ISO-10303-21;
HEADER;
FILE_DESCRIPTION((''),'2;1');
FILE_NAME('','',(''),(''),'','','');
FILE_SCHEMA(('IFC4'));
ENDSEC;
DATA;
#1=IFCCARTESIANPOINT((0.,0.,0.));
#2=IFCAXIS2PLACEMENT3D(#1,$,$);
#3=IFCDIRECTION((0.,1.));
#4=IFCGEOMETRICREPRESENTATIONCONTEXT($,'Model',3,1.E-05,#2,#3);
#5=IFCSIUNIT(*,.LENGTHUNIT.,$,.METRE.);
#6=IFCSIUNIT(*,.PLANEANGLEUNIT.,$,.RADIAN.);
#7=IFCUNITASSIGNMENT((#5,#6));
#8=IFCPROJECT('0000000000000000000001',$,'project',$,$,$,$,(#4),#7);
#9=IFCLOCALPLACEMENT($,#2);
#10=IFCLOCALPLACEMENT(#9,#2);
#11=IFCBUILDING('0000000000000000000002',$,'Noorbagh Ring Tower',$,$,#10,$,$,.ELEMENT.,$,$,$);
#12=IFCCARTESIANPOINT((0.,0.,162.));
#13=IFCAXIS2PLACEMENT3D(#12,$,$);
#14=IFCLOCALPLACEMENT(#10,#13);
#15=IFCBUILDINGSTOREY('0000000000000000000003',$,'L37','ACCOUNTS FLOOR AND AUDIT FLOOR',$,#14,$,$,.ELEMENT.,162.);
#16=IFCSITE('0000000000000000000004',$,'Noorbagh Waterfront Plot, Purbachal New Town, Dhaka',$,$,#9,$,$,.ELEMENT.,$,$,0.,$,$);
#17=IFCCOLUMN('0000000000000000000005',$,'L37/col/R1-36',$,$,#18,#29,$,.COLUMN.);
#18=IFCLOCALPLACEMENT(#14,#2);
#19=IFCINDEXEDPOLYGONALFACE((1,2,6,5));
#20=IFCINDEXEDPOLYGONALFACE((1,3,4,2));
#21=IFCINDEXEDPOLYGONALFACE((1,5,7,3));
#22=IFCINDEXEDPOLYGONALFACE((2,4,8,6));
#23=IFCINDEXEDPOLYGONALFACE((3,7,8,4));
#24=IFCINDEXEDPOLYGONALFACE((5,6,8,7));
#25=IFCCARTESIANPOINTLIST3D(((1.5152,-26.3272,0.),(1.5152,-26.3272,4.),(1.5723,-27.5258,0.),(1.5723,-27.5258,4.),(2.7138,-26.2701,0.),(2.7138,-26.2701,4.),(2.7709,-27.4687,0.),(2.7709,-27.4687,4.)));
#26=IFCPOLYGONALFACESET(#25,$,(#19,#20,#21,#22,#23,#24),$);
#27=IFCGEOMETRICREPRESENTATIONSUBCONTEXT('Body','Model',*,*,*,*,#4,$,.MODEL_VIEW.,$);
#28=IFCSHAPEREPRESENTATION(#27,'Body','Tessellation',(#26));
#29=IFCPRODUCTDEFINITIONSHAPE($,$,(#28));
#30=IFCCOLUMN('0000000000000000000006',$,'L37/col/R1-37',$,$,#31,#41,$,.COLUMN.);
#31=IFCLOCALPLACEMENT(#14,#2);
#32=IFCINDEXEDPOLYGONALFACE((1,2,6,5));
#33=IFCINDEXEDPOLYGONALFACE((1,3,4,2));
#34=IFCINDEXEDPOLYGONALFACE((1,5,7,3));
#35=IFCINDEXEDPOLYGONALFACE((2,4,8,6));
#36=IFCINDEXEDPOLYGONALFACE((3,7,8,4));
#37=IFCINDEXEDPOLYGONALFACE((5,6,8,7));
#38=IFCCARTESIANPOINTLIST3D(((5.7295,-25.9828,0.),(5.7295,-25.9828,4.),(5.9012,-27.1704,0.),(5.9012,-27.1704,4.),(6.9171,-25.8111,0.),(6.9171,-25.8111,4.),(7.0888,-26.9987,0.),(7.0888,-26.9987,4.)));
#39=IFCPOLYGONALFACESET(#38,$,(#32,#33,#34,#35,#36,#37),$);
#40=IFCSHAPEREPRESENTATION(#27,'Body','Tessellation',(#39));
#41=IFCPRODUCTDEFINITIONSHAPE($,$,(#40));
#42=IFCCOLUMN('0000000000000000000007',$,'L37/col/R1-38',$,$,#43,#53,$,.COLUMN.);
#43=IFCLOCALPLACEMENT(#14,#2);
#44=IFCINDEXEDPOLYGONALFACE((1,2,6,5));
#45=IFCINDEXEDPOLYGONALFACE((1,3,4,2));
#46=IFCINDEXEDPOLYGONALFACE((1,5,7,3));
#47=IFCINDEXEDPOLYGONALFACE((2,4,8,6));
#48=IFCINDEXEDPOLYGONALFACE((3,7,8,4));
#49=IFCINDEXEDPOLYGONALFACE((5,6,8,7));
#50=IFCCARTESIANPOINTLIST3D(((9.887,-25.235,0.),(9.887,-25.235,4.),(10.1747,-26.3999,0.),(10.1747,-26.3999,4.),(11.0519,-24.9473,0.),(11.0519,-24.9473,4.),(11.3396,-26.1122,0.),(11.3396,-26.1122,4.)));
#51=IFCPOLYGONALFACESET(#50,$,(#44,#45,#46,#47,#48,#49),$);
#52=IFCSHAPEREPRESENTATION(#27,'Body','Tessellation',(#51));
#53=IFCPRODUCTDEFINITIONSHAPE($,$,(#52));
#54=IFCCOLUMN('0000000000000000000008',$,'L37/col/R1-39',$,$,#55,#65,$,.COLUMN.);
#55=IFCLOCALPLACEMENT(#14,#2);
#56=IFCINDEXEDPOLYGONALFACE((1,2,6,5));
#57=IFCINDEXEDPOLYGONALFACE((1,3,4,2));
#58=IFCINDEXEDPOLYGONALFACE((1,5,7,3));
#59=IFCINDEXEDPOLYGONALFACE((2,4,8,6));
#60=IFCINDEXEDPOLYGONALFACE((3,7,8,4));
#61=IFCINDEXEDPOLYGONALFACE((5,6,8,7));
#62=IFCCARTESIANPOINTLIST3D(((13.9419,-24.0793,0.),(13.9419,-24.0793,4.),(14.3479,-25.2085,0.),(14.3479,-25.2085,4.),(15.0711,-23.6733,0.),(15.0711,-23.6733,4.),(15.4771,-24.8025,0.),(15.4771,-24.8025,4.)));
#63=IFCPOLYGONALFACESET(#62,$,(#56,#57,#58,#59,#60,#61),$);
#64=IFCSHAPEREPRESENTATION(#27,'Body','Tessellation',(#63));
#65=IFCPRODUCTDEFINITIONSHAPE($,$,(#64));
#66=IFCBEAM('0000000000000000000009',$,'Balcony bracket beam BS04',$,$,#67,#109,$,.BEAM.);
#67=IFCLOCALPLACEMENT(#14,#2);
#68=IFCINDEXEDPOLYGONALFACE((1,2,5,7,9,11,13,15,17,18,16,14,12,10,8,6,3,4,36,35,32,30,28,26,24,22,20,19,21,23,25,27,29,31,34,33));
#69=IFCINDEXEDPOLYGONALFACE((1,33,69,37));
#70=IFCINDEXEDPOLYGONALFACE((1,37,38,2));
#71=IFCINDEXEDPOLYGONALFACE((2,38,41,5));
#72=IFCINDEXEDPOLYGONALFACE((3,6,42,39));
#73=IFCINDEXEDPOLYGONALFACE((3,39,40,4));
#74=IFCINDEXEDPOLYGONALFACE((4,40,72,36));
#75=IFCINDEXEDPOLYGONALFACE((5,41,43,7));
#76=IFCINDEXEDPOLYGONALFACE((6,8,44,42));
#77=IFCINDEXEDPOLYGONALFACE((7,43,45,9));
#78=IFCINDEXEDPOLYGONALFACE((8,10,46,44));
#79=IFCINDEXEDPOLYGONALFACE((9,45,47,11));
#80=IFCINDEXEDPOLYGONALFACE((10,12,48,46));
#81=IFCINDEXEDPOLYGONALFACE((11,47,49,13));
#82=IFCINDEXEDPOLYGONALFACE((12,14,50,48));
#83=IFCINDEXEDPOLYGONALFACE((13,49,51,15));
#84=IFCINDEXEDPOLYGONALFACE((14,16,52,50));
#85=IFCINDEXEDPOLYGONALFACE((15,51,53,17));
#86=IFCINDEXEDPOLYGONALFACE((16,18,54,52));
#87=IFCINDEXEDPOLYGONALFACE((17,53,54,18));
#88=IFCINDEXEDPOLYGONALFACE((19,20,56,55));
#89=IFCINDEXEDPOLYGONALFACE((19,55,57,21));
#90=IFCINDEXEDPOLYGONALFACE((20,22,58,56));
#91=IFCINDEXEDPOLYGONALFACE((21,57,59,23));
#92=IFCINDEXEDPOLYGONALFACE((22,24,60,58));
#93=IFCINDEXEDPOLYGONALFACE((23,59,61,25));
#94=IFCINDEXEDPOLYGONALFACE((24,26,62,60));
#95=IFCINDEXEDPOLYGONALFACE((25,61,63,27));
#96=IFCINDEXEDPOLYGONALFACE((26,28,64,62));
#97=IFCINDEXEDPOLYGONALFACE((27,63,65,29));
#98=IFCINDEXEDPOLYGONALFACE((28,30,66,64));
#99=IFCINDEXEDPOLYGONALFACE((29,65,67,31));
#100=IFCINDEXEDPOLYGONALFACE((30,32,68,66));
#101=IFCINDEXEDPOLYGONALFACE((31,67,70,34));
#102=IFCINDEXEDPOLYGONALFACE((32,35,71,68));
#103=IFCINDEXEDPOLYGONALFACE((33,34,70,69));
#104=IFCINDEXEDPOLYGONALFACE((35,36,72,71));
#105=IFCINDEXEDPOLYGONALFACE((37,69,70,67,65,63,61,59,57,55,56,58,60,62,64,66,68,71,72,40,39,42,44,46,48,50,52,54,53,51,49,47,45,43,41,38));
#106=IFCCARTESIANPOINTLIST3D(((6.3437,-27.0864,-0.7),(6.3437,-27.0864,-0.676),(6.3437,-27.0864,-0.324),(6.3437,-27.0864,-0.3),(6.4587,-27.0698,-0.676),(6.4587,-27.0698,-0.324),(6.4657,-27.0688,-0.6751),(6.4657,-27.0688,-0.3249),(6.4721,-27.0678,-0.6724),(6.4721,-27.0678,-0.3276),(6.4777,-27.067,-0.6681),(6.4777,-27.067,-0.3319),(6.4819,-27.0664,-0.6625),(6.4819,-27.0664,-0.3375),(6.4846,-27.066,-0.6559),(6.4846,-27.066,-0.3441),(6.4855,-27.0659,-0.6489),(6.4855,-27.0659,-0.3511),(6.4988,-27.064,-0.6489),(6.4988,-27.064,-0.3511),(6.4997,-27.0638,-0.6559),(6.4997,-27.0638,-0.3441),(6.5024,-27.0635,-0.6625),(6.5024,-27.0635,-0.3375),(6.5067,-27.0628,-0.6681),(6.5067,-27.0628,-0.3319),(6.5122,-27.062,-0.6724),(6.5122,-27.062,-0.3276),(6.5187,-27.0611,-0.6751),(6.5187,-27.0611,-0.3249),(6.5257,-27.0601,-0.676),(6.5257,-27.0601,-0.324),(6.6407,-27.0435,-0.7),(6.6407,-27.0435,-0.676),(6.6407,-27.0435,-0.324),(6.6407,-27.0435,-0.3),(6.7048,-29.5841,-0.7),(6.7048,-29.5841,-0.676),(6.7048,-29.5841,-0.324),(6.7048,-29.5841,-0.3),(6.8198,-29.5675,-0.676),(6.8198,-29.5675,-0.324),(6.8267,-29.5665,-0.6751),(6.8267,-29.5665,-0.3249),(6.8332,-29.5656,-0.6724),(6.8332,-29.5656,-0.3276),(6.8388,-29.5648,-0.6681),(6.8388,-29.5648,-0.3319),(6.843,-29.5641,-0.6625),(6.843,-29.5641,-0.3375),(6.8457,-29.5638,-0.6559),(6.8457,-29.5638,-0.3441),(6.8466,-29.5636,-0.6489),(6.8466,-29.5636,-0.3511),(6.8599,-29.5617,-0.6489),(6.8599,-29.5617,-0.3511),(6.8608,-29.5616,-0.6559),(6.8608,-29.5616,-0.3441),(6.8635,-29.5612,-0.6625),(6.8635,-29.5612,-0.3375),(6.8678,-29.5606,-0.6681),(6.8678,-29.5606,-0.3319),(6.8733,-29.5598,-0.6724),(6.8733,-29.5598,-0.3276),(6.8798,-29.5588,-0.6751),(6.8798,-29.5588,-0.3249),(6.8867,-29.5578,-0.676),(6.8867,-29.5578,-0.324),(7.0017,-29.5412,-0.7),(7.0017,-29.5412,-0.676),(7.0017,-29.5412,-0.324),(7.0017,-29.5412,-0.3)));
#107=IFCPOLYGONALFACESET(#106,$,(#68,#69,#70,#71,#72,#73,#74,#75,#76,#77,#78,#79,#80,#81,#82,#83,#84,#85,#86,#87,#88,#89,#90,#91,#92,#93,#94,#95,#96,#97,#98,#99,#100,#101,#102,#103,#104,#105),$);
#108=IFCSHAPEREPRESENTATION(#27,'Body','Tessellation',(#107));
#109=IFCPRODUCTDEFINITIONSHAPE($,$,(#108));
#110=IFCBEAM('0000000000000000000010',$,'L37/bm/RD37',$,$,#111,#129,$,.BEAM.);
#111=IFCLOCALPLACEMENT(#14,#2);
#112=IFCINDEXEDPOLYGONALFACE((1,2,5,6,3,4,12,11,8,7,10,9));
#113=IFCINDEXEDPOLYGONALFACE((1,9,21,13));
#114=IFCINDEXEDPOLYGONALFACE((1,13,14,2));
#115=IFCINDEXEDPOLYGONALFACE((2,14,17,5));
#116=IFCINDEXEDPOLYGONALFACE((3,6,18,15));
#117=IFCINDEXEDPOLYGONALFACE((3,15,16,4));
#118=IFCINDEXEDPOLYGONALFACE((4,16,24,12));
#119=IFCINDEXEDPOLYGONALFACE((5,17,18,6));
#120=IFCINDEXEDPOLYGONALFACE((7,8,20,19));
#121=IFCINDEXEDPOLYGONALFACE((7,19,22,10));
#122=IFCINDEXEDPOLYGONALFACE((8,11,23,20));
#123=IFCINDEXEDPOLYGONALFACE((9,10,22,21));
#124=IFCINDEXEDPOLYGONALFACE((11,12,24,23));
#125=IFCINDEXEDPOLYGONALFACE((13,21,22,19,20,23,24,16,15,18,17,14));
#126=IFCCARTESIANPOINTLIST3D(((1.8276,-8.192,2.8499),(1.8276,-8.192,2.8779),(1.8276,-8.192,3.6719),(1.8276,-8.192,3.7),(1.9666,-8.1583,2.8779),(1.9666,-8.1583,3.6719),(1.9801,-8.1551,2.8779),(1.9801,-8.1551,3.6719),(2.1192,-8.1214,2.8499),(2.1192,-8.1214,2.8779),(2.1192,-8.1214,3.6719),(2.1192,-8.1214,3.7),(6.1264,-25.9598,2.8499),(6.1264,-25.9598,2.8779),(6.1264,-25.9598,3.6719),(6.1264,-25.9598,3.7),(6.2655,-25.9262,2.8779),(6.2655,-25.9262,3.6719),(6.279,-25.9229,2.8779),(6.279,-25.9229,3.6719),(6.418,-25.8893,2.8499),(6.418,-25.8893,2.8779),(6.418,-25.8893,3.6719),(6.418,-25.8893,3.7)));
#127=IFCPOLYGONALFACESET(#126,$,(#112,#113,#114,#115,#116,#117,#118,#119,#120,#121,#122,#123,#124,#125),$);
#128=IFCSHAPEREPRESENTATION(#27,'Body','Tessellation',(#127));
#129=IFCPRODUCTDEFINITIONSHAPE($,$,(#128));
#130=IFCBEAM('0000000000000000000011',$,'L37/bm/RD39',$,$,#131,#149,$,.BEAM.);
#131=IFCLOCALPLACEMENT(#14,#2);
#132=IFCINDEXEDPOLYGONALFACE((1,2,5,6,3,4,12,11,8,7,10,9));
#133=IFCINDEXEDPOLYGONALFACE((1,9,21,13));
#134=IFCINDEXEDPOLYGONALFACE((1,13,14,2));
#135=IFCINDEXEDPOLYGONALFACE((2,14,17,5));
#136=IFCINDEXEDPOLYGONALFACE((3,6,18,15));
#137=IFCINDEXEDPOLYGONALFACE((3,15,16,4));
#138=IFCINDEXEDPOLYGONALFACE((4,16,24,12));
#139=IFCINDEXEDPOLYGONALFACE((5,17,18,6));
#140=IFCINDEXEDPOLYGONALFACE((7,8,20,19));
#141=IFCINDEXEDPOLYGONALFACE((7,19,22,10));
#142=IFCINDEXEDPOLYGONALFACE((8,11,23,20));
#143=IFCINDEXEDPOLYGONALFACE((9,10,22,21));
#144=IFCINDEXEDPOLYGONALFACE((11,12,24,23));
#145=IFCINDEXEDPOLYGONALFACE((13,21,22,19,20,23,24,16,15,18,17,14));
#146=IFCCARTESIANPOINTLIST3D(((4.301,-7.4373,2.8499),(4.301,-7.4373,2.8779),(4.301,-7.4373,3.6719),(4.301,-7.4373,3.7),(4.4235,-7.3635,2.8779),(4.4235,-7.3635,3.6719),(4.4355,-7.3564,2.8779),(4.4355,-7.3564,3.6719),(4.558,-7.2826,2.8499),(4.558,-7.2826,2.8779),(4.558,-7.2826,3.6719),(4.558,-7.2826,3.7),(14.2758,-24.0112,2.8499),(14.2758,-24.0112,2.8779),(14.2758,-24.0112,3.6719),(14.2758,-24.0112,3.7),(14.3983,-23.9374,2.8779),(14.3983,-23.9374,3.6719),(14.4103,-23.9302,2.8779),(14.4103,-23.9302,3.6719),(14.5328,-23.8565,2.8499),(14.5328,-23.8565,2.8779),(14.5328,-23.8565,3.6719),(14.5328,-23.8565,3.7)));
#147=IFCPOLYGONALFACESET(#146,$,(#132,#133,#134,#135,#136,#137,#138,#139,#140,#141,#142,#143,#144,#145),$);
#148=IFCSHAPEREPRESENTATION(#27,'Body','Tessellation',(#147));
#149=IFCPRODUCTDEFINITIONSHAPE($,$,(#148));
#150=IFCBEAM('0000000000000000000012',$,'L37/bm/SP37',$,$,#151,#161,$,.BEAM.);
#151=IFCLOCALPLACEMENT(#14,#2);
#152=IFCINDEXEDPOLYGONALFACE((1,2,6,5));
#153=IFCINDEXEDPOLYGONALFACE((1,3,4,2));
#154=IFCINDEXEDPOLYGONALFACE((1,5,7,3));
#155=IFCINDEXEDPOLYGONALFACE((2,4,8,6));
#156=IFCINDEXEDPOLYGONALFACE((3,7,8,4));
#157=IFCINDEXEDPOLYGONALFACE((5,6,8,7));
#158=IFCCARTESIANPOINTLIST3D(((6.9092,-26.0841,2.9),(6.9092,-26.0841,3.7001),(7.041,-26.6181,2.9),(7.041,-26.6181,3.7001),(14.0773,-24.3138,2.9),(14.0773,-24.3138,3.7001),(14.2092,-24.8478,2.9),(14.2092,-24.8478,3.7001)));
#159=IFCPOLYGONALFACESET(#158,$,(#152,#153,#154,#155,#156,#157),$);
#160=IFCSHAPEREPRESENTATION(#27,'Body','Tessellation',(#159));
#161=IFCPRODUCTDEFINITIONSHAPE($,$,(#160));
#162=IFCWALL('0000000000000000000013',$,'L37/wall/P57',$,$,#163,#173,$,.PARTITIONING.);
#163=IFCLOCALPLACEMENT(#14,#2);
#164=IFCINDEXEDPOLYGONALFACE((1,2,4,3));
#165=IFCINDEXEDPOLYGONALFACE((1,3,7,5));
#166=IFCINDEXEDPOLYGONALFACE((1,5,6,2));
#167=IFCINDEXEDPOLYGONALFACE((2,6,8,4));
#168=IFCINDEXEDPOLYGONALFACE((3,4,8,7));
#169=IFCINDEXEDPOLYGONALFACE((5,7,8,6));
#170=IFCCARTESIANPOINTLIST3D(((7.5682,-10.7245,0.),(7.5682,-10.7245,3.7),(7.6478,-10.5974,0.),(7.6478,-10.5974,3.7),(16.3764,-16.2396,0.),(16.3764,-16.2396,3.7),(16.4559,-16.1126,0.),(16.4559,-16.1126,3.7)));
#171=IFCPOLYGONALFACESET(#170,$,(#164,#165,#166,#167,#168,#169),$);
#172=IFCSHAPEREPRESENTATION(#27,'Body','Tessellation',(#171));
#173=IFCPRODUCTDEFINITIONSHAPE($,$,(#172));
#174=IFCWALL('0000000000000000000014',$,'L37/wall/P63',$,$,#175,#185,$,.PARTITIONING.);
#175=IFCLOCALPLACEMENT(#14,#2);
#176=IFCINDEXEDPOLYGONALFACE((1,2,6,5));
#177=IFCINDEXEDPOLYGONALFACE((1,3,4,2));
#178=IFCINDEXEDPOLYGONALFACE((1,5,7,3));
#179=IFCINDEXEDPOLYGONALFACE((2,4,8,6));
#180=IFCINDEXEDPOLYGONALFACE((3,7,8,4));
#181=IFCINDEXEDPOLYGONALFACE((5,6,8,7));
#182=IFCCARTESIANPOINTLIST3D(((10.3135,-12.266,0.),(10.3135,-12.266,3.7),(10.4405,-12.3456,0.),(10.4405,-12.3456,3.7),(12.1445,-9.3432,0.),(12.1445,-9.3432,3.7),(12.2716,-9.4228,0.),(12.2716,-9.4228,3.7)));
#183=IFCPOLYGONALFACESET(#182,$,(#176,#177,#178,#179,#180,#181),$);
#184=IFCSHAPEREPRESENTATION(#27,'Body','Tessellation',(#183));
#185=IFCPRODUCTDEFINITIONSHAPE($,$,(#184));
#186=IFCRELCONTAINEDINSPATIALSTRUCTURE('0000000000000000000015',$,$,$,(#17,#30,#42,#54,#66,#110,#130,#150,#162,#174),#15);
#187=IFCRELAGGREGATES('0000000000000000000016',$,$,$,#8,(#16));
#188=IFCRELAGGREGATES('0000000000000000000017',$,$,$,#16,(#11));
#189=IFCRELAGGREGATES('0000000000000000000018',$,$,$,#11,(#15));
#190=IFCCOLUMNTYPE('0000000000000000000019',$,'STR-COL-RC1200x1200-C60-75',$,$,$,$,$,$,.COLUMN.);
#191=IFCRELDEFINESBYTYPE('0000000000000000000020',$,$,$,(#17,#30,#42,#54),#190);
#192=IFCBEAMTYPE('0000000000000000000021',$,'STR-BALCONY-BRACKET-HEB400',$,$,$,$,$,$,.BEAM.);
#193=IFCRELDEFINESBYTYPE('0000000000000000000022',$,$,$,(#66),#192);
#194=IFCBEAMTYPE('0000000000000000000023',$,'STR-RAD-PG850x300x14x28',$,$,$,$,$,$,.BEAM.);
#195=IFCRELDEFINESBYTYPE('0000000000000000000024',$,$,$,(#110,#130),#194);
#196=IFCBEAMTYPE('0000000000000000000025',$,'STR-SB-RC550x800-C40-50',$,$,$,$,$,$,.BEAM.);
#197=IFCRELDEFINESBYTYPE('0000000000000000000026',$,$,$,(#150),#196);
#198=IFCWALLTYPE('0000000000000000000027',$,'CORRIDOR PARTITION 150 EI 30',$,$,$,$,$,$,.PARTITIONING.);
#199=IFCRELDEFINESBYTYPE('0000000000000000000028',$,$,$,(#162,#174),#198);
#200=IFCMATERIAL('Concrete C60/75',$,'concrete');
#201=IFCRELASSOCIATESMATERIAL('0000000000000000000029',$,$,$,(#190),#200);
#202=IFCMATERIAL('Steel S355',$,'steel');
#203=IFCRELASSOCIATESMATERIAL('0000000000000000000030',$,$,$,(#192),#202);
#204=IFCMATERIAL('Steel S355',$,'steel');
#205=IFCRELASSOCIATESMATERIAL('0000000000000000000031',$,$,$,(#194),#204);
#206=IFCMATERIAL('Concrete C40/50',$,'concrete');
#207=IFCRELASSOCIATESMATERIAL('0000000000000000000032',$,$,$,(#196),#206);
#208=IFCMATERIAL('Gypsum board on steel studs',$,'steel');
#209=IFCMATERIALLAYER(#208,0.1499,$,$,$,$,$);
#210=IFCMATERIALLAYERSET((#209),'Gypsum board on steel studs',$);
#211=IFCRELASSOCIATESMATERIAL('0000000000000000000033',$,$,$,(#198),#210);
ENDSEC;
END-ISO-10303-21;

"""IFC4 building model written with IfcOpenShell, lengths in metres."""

from ifc_helpers import new_model, si_unit, direction, frame, frame_2d, origin, origin_2d, place, context, subcontext, project, spatial, rectangle, i_section, extrude, material, layer, layer_set, material_profile, profile_set, type_object, element, save


model = new_model("IFC4")

# Units and contexts
model_context = context("Model", 3, precision=1e-05, world=origin(), true_north=direction((0.0, 1.0)))
body_context = subcontext(model_context, "Body", "Model", "MODEL_VIEW")
ifc_project = project(units=[si_unit("LENGTHUNIT", "METRE"), si_unit("PLANEANGLEUNIT", "RADIAN")], contexts=[model_context])

# Site, building, storey
site_placement = place(None, origin())
site = spatial("IfcSite", under=ifc_project, at=site_placement, Name="Noorbagh Waterfront Plot, Purbachal New Town, Dhaka", CompositionType="ELEMENT", RefElevation=0.0)
building_placement = place(site_placement, origin())
building = spatial("IfcBuilding", under=site, at=building_placement, Name="Noorbagh Ring Tower", CompositionType="ELEMENT")
storey_placement = place(building_placement, frame((0.0, 0.0, 162.0)))
storey = spatial("IfcBuildingStorey", under=building, at=storey_placement, Name="L37", Description="ACCOUNTS FLOOR AND AUDIT FLOOR", CompositionType="ELEMENT", Elevation=162.0)

# Columns
ifc_material_1 = material(Name="Concrete C60/75", Category="concrete")
ifc_material_profile_1 = material_profile(ifc_material_1, rectangle(XDim=1.2, YDim=1.2, at=origin_2d()), Name="RC1200x1200")
ifc_profile_set_1 = profile_set([ifc_material_profile_1], Name="Concrete C60/75")
column_type = type_object("IfcColumnType", Name="STR-COL-RC1200x1200-C60-75", PredefinedType="COLUMN", material=ifc_profile_set_1)
for number, where, z_axis, x_axis, name in (
    (1, (2.1431, -26.8979, 0.0), (0.0, 0.0, 1.0), (0.998869, 0.047553, 0.0), "L37/col/R1-36"),
    (2, (6.4092, -26.4907, 0.0), (0.0, 0.0, 1.0), (0.989713, 0.143066, 0.0), "L37/col/R1-37"),
    (3, (10.6133, -25.6736, 0.0), (0.0, 0.0, 1.0), (0.970829, 0.239771, 0.0), "L37/col/R1-38"),
    (4, (14.7095, -24.4409, 0.0), (0.0, 0.0, 1.0), (0.941025, 0.338338, 0.0), "L37/col/R1-39"),
):
    element("IfcColumn", number, at=place(storey_placement, frame(where, z_axis=z_axis, x_axis=x_axis)), inside=storey, type_object=column_type, Name=name, PredefinedType="COLUMN", context=body_context, shape_type="SweptSolid", body=[
        extrude(rectangle(XDim=1.2, YDim=1.2, at=origin_2d()), origin(), (0.0, 0.0, 1.0), 4.0),
    ])

# Beams
ifc_material_2 = material(Name="Steel S355", Category="steel")
ifc_material_profile_2 = material_profile(ifc_material_2, i_section(OverallWidth=0.3, OverallDepth=0.3999, WebThickness=0.0134, FlangeThickness=0.0239, FilletRadius=0.0271, at=origin_2d()), Name="HEB400")
ifc_profile_set_2 = profile_set([ifc_material_profile_2], Name="Steel S355")
beam_type_1 = type_object("IfcBeamType", Name="STR-BALCONY-BRACKET-HEB400", PredefinedType="BEAM", material=ifc_profile_set_2)
beam_1_placement = place(storey_placement, frame((6.4922, -27.0649, -0.5), z_axis=(0.143073, -0.989712, 0.0), x_axis=(0.989712, 0.143073, 0.0)))
element("IfcBeam", 5, at=beam_1_placement, inside=storey, type_object=beam_type_1, Name="Balcony bracket beam BS04", PredefinedType="BEAM", context=body_context, shape_type="SweptSolid", body=[
    extrude(i_section(OverallWidth=0.3, OverallDepth=0.3999, WebThickness=0.0134, FlangeThickness=0.0239, FilletRadius=0.0271, at=origin_2d()), origin(), (0.0, 0.0, 1.0), 2.5237),
])
ifc_material_3 = material(Name="Steel S355", Category="steel")
ifc_material_profile_3 = material_profile(ifc_material_3, i_section(OverallWidth=0.3, OverallDepth=0.8501, WebThickness=0.0139, FlangeThickness=0.0281, at=origin_2d()), Name="PG850x300x14x28")
ifc_profile_set_3 = profile_set([ifc_material_profile_3], Name="Steel S355")
beam_type_2 = type_object("IfcBeamType", Name="STR-RAD-PG850x300x14x28", PredefinedType="BEAM", material=ifc_profile_set_3)
beam_2_placement = place(storey_placement, frame((6.2722, -25.9246, 3.2749), z_axis=(-0.23516, 0.971957, 0.0), x_axis=(-0.971957, -0.23516, 0.0)))
element("IfcBeam", 6, at=beam_2_placement, inside=storey, type_object=beam_type_2, Name="L37/bm/RD37", PredefinedType="BEAM", context=body_context, shape_type="SweptSolid", body=[
    extrude(i_section(OverallWidth=0.3, OverallDepth=0.8501, WebThickness=0.0139, FlangeThickness=0.0281, at=origin_2d()), origin(), (0.0, 0.0, 1.0), 18.2805),
])
beam_3_placement = place(storey_placement, frame((14.4043, -23.9338, 3.2749), z_axis=(-0.515653, 0.856797, 0.0), x_axis=(-0.856797, -0.515653, 0.0)))
element("IfcBeam", 7, at=beam_3_placement, inside=storey, type_object=beam_type_2, Name="L37/bm/RD39", PredefinedType="BEAM", context=body_context, shape_type="SweptSolid", body=[
    extrude(i_section(OverallWidth=0.3, OverallDepth=0.8501, WebThickness=0.0139, FlangeThickness=0.0281, at=origin_2d()), origin(), (0.0, 0.0, 1.0), 19.344),
])
ifc_material_4 = material(Name="Concrete C40/50", Category="concrete")
ifc_material_profile_4 = material_profile(ifc_material_4, rectangle(XDim=0.55, YDim=0.8, at=origin_2d()), Name="RC550x800")
ifc_profile_set_4 = profile_set([ifc_material_profile_4], Name="Concrete C40/50")
beam_type_3 = type_object("IfcBeamType", Name="STR-SB-RC550x800-C40-50", PredefinedType="BEAM", material=ifc_profile_set_4)
beam_4_placement = place(storey_placement, frame((6.9751, -26.3511, 3.3), z_axis=(0.970833, 0.239757, 0.0), x_axis=(-0.239757, 0.970833, 0.0)))
element("IfcBeam", 8, at=beam_4_placement, inside=storey, type_object=beam_type_3, Name="L37/bm/SP37", PredefinedType="BEAM", context=body_context, shape_type="SweptSolid", body=[
    extrude(rectangle(XDim=0.55, YDim=0.8, at=origin_2d()), origin(), (0.0, 0.0, 1.0), 7.3835),
])

# Walls
ifc_material_5 = material(Name="Gypsum board on steel studs", Category="steel")
ifc_layer_1 = layer(ifc_material_5, 0.1499)
ifc_layer_set_1 = layer_set([ifc_layer_1], Name="Gypsum board on steel studs")
wall_type_1 = type_object("IfcWallType", Name="CORRIDOR PARTITION 150 EI 30", PredefinedType="PARTITIONING", material=ifc_layer_set_1)
wall_1_placement = place(storey_placement, frame((7.6079, -10.6609, 0.0), z_axis=(0.0, 0.0, 1.0), x_axis=(0.847562, -0.530696, 0.0)))
element("IfcWall", 9, at=wall_1_placement, inside=storey, type_object=wall_type_1, Name="L37/wall/P57", PredefinedType="PARTITIONING", context=body_context, shape_type="SweptSolid", body=[
    extrude(rectangle(XDim=10.3923, YDim=0.1499, at=frame_2d((5.1963, 0.0))), origin(), (0.0, 0.0, 1.0), 3.7),
])
wall_2_placement = place(storey_placement, frame((10.377, -12.3059, 0.0), z_axis=(0.0, 0.0, 1.0), x_axis=(0.530889, 0.847441, 0.0)))
element("IfcWall", 10, at=wall_2_placement, inside=storey, type_object=wall_type_1, Name="L37/wall/P63", PredefinedType="PARTITIONING", context=body_context, shape_type="SweptSolid", body=[
    extrude(rectangle(XDim=3.449, YDim=0.1499, at=frame_2d((1.7246, 0.0))), origin(), (0.0, 0.0, 1.0), 3.7),
])

save(model, "model.ifc")
